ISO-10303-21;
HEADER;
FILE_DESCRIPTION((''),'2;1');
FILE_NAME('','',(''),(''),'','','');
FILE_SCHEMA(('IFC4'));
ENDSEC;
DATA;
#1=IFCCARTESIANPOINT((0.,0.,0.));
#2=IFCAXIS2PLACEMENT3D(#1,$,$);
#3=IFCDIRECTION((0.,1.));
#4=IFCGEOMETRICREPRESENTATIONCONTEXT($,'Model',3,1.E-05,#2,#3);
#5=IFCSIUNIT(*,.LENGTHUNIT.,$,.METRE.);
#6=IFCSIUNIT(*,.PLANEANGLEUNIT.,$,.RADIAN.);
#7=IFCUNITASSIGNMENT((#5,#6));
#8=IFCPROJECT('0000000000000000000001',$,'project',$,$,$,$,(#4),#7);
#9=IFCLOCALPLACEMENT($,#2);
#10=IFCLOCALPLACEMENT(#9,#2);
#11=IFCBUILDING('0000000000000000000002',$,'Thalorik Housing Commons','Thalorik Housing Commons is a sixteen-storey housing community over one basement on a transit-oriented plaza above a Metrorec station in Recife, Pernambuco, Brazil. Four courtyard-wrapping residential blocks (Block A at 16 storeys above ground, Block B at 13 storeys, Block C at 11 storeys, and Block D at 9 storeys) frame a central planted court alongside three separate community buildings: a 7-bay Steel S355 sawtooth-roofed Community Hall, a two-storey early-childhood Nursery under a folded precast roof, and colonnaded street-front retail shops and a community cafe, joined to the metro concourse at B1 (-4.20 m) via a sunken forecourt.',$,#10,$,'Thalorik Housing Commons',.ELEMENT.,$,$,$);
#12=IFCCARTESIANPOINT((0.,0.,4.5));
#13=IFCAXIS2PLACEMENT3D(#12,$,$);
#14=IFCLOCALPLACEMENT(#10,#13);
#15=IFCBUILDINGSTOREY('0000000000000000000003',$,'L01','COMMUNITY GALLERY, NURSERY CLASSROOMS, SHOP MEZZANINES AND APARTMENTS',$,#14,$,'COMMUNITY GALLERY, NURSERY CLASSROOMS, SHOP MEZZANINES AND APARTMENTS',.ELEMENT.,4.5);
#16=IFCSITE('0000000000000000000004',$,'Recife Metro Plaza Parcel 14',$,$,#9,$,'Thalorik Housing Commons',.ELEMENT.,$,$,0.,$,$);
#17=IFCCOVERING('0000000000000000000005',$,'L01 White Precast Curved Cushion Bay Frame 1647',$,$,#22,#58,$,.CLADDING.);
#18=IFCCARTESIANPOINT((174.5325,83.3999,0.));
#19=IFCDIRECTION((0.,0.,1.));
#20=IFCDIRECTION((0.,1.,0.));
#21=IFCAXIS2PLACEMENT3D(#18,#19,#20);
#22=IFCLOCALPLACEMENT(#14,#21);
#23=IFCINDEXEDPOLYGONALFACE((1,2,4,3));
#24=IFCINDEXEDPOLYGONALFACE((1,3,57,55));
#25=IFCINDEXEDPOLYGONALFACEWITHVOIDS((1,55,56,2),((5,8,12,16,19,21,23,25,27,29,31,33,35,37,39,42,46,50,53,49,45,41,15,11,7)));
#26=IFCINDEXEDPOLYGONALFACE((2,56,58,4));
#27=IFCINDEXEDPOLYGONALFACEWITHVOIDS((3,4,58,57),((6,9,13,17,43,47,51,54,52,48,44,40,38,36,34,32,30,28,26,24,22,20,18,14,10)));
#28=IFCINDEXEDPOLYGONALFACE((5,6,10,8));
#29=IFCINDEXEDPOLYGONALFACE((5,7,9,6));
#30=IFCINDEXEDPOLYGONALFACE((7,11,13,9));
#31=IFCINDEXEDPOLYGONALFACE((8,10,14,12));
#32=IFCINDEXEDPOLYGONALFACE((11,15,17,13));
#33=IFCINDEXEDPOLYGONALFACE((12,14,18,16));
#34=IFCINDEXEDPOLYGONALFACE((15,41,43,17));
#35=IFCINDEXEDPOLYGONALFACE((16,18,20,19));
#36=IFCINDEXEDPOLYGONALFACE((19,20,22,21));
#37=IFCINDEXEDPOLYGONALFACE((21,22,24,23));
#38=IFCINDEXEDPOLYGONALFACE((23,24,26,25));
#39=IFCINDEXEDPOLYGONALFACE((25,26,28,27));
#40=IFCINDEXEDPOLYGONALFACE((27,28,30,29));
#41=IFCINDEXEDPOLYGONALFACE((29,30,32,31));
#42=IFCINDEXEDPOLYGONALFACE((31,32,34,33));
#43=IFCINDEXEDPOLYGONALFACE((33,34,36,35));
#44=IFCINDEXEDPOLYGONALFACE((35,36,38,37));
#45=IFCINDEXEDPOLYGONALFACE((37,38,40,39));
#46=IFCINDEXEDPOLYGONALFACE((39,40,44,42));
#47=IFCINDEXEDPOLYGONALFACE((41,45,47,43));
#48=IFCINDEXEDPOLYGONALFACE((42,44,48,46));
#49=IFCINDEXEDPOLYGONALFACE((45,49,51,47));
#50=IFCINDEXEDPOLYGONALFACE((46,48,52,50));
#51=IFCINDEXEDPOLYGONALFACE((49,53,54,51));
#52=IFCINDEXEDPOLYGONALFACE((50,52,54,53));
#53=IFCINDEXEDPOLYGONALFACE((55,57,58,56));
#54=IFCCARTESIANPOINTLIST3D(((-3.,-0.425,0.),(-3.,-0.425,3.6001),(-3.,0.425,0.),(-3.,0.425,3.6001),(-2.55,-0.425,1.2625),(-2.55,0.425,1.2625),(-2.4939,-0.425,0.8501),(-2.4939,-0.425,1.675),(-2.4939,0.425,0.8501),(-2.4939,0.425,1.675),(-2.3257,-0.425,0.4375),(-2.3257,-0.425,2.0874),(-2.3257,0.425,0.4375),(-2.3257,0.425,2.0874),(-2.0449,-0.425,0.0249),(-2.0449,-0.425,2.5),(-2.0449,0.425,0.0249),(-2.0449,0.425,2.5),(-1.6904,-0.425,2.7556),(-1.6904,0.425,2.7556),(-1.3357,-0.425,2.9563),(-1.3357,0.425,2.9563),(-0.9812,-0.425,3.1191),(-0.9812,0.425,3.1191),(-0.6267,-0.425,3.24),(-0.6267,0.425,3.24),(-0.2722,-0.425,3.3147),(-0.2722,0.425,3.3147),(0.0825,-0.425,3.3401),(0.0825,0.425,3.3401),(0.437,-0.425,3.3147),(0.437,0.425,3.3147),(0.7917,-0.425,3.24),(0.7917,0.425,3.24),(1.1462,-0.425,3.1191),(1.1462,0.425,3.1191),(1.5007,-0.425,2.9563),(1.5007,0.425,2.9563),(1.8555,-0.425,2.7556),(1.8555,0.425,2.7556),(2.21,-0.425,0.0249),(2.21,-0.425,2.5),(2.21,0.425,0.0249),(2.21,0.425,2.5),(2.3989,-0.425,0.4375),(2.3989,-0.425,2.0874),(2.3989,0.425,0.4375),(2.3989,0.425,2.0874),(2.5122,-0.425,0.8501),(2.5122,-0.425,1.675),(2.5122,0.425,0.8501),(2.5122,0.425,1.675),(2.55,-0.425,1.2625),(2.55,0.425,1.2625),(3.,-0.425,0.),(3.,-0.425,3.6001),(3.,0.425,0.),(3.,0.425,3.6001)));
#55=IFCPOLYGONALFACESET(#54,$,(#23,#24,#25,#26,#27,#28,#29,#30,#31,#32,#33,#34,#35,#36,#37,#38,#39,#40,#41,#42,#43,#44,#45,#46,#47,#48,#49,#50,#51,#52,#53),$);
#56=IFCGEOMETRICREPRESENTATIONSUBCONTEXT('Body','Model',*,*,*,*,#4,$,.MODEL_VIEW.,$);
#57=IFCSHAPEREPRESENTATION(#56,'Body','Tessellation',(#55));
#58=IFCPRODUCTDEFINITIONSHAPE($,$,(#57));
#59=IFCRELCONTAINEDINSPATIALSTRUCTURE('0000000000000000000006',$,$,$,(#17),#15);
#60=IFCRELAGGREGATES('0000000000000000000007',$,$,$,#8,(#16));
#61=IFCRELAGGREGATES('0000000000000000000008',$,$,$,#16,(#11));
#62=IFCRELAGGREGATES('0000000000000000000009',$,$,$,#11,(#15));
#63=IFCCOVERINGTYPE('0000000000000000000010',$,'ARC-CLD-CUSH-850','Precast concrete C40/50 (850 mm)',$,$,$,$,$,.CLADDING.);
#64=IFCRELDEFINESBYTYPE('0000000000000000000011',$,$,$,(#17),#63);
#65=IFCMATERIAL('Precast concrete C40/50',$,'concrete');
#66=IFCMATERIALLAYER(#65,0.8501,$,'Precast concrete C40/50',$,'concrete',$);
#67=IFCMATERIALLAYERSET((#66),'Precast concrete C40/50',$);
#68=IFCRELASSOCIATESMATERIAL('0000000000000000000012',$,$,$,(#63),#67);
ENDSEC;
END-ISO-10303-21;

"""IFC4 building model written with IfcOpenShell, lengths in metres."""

from ifc_helpers import new_model, si_unit, direction, frame, origin, place, context, subcontext, project, spatial, polyline, outline, extrude, material, layer, layer_set, type_object, element, save


model = new_model("IFC4")

# Units and contexts
model_context = context("Model", 3, precision=1e-05, world=origin(), true_north=direction((0.0, 1.0)))
body_context = subcontext(model_context, "Body", "Model", "MODEL_VIEW")
ifc_project = project(units=[si_unit("LENGTHUNIT", "METRE"), si_unit("PLANEANGLEUNIT", "RADIAN")], contexts=[model_context])

# Site, building, storey
site_placement = place(None, origin())
site = spatial("IfcSite", under=ifc_project, at=site_placement, Name="Recife Metro Plaza Parcel 14", LongName="Thalorik Housing Commons", CompositionType="ELEMENT", RefElevation=0.0)
building_placement = place(site_placement, origin())
building = spatial("IfcBuilding", under=site, at=building_placement, Name="Thalorik Housing Commons", Description="Thalorik Housing Commons is a sixteen-storey housing community over one basement on a transit-oriented plaza above a Metrorec station in Recife, Pernambuco, Brazil. Four courtyard-wrapping residential blocks (Block A at 16 storeys above ground, Block B at 13 storeys, Block C at 11 storeys, and Block D at 9 storeys) frame a central planted court alongside three separate community buildings: a 7-bay Steel S355 sawtooth-roofed Community Hall, a two-storey early-childhood Nursery under a folded precast roof, and colonnaded street-front retail shops and a community cafe, joined to the metro concourse at B1 (-4.20 m) via a sunken forecourt.", LongName="Thalorik Housing Commons", CompositionType="ELEMENT")
storey_placement = place(building_placement, frame((0.0, 0.0, 4.5)))
storey = spatial("IfcBuildingStorey", under=building, at=storey_placement, Name="L01", Description="COMMUNITY GALLERY, NURSERY CLASSROOMS, SHOP MEZZANINES AND APARTMENTS", LongName="COMMUNITY GALLERY, NURSERY CLASSROOMS, SHOP MEZZANINES AND APARTMENTS", CompositionType="ELEMENT", Elevation=4.5)

# Shared definitions
ifc_material_1 = material(Name="Precast concrete C40/50", Category="concrete")

# Covering
ifc_layer_1 = layer(ifc_material_1, 0.8501, Name="Precast concrete C40/50", Category="concrete")
ifc_layer_set_1 = layer_set([ifc_layer_1], Name="Precast concrete C40/50")
covering_type_1 = type_object("IfcCoveringType", Name="ARC-CLD-CUSH-850", Description="Precast concrete C40/50 (850 mm)", PredefinedType="CLADDING", material=ifc_layer_set_1)
covering_1_placement = place(storey_placement, frame((174.5325, 83.3999, 0.0), z_axis=(0.0, 0.0, 1.0), x_axis=(0.0, 1.0, 0.0)))
element("IfcCovering", 1, at=covering_1_placement, inside=storey, type_object=covering_type_1, Name="L01 White Precast Curved Cushion Bay Frame 1647", PredefinedType="CLADDING", context=body_context, shape_type="SweptSolid", body=[
    extrude(outline(polyline([(-3.0, 0.0), (3.0, 0.0), (3.0, 3.6001), (-3.0, 3.6001), (-3.0, 0.0)]), holes=[polyline([(2.21, 0.0249), (2.3989, 0.4375), (2.5122, 0.8501), (2.55, 1.2625), (2.5122, 1.675), (2.3989, 2.0874), (2.21, 2.5), (1.8555, 2.7556), (1.5007, 2.9563), (1.1462, 3.1191), (0.7917, 3.24), (0.437, 3.3147), (0.0825, 3.3401), (-0.2722, 3.3147), (-0.6267, 3.24), (-0.9812, 3.1191), (-1.3357, 2.9563), (-1.6904, 2.7556), (-2.0449, 2.5), (-2.3257, 2.0874), (-2.4939, 1.675), (-2.55, 1.2625), (-2.4939, 0.8501), (-2.3257, 0.4375), (-2.0449, 0.0249), (2.21, 0.0249)])]), frame((0.0, 0.425, 0.0), z_axis=(0.0, -1.0, 0.0), x_axis=(1.0, 0.0, 0.0)), (0.0, 0.0, 1.0), 0.8501),
])

save(model, "model.ifc")
